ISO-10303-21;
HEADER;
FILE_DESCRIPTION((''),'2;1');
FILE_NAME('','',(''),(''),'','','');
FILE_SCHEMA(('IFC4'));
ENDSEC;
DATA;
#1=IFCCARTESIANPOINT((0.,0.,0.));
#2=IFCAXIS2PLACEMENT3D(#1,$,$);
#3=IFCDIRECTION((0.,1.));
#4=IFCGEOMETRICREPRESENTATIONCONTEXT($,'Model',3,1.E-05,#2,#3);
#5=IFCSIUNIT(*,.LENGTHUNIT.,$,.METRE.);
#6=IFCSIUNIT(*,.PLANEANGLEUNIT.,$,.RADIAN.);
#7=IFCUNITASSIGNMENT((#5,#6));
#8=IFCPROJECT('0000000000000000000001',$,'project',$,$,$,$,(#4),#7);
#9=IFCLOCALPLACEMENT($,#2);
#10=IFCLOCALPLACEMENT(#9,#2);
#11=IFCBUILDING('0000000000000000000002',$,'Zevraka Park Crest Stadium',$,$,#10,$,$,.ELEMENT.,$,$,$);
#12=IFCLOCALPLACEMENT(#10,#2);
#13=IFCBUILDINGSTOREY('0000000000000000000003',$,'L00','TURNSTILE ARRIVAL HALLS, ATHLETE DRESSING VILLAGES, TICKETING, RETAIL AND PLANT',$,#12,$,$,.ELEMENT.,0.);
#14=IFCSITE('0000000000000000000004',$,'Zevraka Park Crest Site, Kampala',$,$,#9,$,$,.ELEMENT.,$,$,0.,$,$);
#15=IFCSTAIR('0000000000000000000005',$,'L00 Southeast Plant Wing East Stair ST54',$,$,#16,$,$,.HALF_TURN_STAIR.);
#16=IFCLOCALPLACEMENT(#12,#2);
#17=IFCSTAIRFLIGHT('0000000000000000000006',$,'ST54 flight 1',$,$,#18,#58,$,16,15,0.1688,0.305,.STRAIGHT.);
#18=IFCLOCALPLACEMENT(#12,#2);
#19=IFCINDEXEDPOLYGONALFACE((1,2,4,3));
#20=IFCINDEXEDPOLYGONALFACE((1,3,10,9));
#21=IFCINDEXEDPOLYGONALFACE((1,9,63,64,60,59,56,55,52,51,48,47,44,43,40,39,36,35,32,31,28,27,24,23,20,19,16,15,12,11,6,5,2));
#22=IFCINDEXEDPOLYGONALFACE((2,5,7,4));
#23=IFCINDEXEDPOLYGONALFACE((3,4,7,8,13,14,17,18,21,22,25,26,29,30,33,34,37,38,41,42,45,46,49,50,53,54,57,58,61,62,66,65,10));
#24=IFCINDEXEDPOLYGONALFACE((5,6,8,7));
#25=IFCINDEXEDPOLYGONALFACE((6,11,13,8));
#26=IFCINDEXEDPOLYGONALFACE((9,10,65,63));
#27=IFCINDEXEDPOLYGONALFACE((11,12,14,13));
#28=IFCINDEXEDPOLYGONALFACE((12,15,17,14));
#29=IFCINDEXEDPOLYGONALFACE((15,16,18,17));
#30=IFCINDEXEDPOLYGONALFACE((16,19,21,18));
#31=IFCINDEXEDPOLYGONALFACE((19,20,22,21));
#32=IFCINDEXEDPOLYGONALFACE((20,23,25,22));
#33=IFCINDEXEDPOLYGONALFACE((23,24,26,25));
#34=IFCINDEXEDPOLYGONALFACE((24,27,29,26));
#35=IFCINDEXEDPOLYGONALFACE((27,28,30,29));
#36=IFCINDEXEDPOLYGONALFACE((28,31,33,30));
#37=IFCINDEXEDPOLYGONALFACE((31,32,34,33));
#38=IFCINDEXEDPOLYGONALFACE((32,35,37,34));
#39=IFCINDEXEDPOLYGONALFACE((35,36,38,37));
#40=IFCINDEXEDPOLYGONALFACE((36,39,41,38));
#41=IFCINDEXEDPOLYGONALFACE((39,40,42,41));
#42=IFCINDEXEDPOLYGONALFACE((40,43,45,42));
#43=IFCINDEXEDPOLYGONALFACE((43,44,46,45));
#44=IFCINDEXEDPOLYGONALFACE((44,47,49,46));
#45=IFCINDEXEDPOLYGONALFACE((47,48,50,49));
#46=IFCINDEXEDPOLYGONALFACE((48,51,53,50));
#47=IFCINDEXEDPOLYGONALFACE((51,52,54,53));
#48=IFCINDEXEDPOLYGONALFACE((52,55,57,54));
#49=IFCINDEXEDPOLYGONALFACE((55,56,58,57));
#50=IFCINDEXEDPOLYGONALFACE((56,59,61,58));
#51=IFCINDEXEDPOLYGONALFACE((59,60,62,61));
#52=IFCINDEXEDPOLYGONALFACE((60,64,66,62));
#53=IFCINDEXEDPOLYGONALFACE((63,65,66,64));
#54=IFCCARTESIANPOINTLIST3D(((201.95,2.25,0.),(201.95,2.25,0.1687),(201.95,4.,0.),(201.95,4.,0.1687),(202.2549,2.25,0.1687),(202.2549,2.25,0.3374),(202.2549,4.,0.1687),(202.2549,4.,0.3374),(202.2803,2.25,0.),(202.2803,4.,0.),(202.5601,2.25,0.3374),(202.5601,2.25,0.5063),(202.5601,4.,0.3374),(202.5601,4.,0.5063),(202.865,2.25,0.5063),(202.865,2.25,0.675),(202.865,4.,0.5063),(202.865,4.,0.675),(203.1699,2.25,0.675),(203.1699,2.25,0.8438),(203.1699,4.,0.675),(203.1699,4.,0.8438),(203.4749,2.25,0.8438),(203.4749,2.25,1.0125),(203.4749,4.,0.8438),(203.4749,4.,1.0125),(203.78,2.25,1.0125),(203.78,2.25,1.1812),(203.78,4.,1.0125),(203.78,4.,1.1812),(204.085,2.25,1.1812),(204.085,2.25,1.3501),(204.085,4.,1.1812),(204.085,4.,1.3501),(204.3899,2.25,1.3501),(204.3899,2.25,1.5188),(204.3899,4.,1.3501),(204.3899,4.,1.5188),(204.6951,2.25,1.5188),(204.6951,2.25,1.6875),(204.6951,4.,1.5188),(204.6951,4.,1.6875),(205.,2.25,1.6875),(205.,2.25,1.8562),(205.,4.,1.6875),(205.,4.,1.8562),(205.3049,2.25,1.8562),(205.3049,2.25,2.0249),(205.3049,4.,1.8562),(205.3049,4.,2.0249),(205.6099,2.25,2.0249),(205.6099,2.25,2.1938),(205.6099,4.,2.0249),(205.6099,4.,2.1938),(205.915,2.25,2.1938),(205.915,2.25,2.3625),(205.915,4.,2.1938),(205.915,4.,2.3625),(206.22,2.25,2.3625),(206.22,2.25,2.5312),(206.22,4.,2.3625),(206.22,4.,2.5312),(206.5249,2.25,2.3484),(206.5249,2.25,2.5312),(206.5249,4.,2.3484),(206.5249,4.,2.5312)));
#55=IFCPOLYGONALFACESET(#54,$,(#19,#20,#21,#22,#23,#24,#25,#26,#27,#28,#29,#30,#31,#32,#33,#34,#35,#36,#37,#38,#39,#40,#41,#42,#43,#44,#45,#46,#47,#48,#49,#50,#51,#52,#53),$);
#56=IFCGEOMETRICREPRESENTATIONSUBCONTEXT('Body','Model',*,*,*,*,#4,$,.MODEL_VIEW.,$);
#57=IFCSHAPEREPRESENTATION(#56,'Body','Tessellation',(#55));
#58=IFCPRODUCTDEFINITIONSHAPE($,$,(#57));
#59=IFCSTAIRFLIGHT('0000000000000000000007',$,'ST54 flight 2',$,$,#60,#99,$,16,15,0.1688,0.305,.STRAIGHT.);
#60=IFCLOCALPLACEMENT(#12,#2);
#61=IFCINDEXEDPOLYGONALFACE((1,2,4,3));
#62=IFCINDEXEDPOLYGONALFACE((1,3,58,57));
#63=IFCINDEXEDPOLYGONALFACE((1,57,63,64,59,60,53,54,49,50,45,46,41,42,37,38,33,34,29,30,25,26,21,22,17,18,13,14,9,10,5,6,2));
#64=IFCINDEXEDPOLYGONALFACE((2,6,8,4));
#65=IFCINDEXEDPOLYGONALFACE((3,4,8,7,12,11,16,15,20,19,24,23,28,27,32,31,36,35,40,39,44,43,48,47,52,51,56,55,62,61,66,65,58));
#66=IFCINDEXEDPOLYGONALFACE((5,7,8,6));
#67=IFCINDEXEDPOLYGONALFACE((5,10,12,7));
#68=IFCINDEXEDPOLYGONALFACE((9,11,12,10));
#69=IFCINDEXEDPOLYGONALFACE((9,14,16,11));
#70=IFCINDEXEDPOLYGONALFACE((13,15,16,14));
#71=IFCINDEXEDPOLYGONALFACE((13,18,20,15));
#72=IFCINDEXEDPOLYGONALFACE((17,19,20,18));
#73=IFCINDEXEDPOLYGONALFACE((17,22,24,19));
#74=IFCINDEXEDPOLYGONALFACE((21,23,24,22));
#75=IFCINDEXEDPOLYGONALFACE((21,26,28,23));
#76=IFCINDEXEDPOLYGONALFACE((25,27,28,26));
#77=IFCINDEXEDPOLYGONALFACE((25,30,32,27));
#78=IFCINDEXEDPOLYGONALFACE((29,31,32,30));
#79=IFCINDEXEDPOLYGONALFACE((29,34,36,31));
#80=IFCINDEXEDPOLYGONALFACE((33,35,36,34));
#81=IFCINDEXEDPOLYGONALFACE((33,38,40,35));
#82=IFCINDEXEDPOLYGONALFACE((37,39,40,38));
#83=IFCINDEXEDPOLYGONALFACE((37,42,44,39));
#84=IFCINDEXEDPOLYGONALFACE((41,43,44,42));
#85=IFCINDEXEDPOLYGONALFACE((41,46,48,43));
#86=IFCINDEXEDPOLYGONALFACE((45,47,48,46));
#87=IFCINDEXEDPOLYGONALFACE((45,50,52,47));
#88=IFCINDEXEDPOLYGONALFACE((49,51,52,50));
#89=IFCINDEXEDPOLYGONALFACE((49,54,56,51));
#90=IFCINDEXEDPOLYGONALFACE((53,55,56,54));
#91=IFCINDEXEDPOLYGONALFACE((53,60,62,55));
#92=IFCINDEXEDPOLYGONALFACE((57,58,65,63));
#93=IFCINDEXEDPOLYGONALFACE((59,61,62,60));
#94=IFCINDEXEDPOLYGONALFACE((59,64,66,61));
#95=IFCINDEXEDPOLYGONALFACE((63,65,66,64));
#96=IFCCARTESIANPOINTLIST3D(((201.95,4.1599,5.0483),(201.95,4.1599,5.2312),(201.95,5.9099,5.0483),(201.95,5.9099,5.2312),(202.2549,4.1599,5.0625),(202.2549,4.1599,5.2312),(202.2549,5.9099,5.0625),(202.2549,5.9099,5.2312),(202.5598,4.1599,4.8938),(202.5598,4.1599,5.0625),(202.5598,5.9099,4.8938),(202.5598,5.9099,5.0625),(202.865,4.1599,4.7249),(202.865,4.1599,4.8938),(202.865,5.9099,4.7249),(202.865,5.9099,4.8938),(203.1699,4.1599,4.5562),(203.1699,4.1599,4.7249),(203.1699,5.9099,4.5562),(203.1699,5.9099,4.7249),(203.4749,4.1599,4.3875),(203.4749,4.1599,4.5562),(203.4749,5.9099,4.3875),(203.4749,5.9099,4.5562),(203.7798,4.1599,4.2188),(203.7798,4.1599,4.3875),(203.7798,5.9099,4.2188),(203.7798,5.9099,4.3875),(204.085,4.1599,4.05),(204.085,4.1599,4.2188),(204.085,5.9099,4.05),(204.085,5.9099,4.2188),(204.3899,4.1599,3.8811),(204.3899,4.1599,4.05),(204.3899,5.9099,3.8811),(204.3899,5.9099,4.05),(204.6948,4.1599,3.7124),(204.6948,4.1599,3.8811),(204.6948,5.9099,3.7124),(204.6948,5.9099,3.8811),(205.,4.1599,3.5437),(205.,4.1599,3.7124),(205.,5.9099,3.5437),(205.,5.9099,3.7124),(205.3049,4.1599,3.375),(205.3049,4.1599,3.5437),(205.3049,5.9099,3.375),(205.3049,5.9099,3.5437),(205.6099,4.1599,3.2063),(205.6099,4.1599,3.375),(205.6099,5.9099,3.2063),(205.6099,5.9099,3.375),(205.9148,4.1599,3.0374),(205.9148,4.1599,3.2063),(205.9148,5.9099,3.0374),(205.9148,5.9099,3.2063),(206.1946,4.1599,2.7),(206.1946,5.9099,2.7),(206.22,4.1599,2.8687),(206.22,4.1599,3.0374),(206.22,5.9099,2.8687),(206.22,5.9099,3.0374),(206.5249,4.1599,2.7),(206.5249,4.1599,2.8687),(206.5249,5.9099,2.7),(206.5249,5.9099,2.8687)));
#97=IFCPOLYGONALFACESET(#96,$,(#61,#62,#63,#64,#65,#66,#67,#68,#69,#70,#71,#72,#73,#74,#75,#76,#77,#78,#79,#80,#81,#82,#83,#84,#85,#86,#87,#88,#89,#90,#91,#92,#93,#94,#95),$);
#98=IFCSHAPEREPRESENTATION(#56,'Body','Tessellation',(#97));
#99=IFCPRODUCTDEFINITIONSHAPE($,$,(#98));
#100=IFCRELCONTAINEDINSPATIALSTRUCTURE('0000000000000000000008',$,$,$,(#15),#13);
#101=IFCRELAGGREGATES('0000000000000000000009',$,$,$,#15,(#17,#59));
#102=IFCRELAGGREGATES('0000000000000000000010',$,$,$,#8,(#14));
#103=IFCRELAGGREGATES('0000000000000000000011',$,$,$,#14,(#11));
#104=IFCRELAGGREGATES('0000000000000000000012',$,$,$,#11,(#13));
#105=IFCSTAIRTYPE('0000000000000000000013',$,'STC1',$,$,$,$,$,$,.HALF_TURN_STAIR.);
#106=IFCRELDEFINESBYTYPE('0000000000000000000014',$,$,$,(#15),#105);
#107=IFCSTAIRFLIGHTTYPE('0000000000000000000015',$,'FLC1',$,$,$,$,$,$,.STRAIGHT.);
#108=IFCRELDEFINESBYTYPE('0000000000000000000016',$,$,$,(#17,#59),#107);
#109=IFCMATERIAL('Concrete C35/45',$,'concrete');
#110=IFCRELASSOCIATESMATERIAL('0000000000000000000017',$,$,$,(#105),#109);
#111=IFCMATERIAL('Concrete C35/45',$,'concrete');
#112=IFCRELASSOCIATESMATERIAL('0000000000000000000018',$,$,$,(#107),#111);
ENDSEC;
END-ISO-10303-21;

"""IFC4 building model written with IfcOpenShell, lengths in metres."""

from ifc_helpers import new_model, si_unit, direction, frame, origin, place, context, subcontext, project, spatial, polyline, outline, extrude, material, type_object, element, aggregate, save


model = new_model("IFC4")

# Units and contexts
model_context = context("Model", 3, precision=1e-05, world=origin(), true_north=direction((0.0, 1.0)))
body_context = subcontext(model_context, "Body", "Model", "MODEL_VIEW")
ifc_project = project(units=[si_unit("LENGTHUNIT", "METRE"), si_unit("PLANEANGLEUNIT", "RADIAN")], contexts=[model_context])

# Site, building, storey
site_placement = place(None, origin())
site = spatial("IfcSite", under=ifc_project, at=site_placement, Name="Zevraka Park Crest Site, Kampala", CompositionType="ELEMENT", RefElevation=0.0)
building_placement = place(site_placement, origin())
building = spatial("IfcBuilding", under=site, at=building_placement, Name="Zevraka Park Crest Stadium", CompositionType="ELEMENT")
storey_placement = place(building_placement, origin())
storey = spatial("IfcBuildingStorey", under=building, at=storey_placement, Name="L00", Description="TURNSTILE ARRIVAL HALLS, ATHLETE DRESSING VILLAGES, TICKETING, RETAIL AND PLANT", CompositionType="ELEMENT", Elevation=0.0)

# Stair, stair flights
ifc_material_1 = material(Name="Concrete C35/45", Category="concrete")
stair_type = type_object("IfcStairType", Name="STC1", PredefinedType="HALF_TURN_STAIR", material=ifc_material_1)
stair_placement = place(storey_placement, origin())
stair = element("IfcStair", 1, at=stair_placement, inside=storey, type_object=stair_type, Name="L00 Southeast Plant Wing East Stair ST54", PredefinedType="HALF_TURN_STAIR")
ifc_material_2 = material(Name="Concrete C35/45", Category="concrete")
stair_flight_type = type_object("IfcStairFlightType", Name="FLC1", PredefinedType="STRAIGHT", material=ifc_material_2)
stair_flight_1_placement = place(storey_placement, frame((201.95, 3.125, 0.0), z_axis=(0.0, 0.0, 1.0), x_axis=(1.0, 0.0, 0.0)))
stair_flight_1 = element("IfcStairFlight", 2, at=stair_flight_1_placement, type_object=stair_flight_type, Name="ST54 flight 1", NumberOfRisers=16, NumberOfTreads=15, PredefinedType="STRAIGHT", RiserHeight=0.1688, TreadLength=0.305, context=body_context, shape_type="SweptSolid", body=[
    extrude(outline(polyline([(0.0, 0.0), (0.0, 0.1687), (0.3049, 0.1687), (0.3049, 0.3374), (0.6101, 0.3374), (0.6101, 0.5063), (0.915, 0.5063), (0.915, 0.675), (1.22, 0.675), (1.22, 0.8438), (1.5249, 0.8438), (1.5249, 1.0125), (1.8301, 1.0125), (1.8301, 1.1812), (2.135, 1.1812), (2.135, 1.3501), (2.4399, 1.3501), (2.4399, 1.5188), (2.7451, 1.5188), (2.7451, 1.6875), (3.05, 1.6875), (3.05, 1.8562), (3.355, 1.8562), (3.355, 2.0249), (3.6599, 2.0249), (3.6599, 2.1938), (3.9651, 2.1938), (3.9651, 2.3625), (4.27, 2.3625), (4.27, 2.5312), (4.575, 2.5312), (4.575, 2.7), (4.575, 2.3484), (0.3303, 0.0), (0.0, 0.0)])), frame((0.0, 0.875, 0.0), z_axis=(0.0, -1.0, 0.0), x_axis=(1.0, 0.0, 0.0)), (0.0, 0.0, 1.0), 1.75),
])
stair_flight_2_placement = place(storey_placement, frame((206.5249, 5.0349, 2.7), z_axis=(0.0, 0.0, 1.0), x_axis=(-1.0, 0.0, 0.0)))
stair_flight_2 = element("IfcStairFlight", 3, at=stair_flight_2_placement, type_object=stair_flight_type, Name="ST54 flight 2", NumberOfRisers=16, NumberOfTreads=15, PredefinedType="STRAIGHT", RiserHeight=0.1688, TreadLength=0.305, context=body_context, shape_type="SweptSolid", body=[
    extrude(outline(polyline([(0.0, 0.0), (0.0, 0.1687), (0.3049, 0.1687), (0.3049, 0.3374), (0.6101, 0.3374), (0.6101, 0.5063), (0.915, 0.5063), (0.915, 0.675), (1.22, 0.675), (1.22, 0.8438), (1.5249, 0.8438), (1.5249, 1.0125), (1.8301, 1.0125), (1.8301, 1.1812), (2.135, 1.1812), (2.135, 1.3501), (2.4399, 1.3501), (2.4399, 1.5188), (2.7451, 1.5188), (2.7451, 1.6875), (3.05, 1.6875), (3.05, 1.8562), (3.355, 1.8562), (3.355, 2.0249), (3.6599, 2.0249), (3.6599, 2.1938), (3.9651, 2.1938), (3.9651, 2.3625), (4.27, 2.3625), (4.27, 2.5312), (4.575, 2.5312), (4.575, 2.7), (4.575, 2.3484), (0.3303, 0.0), (0.0, 0.0)])), frame((0.0, 0.875, 0.0), z_axis=(0.0, -1.0, 0.0), x_axis=(1.0, 0.0, 0.0)), (0.0, 0.0, 1.0), 1.75),
])
aggregate(stair, [stair_flight_1, stair_flight_2])

save(model, "model.ifc")
